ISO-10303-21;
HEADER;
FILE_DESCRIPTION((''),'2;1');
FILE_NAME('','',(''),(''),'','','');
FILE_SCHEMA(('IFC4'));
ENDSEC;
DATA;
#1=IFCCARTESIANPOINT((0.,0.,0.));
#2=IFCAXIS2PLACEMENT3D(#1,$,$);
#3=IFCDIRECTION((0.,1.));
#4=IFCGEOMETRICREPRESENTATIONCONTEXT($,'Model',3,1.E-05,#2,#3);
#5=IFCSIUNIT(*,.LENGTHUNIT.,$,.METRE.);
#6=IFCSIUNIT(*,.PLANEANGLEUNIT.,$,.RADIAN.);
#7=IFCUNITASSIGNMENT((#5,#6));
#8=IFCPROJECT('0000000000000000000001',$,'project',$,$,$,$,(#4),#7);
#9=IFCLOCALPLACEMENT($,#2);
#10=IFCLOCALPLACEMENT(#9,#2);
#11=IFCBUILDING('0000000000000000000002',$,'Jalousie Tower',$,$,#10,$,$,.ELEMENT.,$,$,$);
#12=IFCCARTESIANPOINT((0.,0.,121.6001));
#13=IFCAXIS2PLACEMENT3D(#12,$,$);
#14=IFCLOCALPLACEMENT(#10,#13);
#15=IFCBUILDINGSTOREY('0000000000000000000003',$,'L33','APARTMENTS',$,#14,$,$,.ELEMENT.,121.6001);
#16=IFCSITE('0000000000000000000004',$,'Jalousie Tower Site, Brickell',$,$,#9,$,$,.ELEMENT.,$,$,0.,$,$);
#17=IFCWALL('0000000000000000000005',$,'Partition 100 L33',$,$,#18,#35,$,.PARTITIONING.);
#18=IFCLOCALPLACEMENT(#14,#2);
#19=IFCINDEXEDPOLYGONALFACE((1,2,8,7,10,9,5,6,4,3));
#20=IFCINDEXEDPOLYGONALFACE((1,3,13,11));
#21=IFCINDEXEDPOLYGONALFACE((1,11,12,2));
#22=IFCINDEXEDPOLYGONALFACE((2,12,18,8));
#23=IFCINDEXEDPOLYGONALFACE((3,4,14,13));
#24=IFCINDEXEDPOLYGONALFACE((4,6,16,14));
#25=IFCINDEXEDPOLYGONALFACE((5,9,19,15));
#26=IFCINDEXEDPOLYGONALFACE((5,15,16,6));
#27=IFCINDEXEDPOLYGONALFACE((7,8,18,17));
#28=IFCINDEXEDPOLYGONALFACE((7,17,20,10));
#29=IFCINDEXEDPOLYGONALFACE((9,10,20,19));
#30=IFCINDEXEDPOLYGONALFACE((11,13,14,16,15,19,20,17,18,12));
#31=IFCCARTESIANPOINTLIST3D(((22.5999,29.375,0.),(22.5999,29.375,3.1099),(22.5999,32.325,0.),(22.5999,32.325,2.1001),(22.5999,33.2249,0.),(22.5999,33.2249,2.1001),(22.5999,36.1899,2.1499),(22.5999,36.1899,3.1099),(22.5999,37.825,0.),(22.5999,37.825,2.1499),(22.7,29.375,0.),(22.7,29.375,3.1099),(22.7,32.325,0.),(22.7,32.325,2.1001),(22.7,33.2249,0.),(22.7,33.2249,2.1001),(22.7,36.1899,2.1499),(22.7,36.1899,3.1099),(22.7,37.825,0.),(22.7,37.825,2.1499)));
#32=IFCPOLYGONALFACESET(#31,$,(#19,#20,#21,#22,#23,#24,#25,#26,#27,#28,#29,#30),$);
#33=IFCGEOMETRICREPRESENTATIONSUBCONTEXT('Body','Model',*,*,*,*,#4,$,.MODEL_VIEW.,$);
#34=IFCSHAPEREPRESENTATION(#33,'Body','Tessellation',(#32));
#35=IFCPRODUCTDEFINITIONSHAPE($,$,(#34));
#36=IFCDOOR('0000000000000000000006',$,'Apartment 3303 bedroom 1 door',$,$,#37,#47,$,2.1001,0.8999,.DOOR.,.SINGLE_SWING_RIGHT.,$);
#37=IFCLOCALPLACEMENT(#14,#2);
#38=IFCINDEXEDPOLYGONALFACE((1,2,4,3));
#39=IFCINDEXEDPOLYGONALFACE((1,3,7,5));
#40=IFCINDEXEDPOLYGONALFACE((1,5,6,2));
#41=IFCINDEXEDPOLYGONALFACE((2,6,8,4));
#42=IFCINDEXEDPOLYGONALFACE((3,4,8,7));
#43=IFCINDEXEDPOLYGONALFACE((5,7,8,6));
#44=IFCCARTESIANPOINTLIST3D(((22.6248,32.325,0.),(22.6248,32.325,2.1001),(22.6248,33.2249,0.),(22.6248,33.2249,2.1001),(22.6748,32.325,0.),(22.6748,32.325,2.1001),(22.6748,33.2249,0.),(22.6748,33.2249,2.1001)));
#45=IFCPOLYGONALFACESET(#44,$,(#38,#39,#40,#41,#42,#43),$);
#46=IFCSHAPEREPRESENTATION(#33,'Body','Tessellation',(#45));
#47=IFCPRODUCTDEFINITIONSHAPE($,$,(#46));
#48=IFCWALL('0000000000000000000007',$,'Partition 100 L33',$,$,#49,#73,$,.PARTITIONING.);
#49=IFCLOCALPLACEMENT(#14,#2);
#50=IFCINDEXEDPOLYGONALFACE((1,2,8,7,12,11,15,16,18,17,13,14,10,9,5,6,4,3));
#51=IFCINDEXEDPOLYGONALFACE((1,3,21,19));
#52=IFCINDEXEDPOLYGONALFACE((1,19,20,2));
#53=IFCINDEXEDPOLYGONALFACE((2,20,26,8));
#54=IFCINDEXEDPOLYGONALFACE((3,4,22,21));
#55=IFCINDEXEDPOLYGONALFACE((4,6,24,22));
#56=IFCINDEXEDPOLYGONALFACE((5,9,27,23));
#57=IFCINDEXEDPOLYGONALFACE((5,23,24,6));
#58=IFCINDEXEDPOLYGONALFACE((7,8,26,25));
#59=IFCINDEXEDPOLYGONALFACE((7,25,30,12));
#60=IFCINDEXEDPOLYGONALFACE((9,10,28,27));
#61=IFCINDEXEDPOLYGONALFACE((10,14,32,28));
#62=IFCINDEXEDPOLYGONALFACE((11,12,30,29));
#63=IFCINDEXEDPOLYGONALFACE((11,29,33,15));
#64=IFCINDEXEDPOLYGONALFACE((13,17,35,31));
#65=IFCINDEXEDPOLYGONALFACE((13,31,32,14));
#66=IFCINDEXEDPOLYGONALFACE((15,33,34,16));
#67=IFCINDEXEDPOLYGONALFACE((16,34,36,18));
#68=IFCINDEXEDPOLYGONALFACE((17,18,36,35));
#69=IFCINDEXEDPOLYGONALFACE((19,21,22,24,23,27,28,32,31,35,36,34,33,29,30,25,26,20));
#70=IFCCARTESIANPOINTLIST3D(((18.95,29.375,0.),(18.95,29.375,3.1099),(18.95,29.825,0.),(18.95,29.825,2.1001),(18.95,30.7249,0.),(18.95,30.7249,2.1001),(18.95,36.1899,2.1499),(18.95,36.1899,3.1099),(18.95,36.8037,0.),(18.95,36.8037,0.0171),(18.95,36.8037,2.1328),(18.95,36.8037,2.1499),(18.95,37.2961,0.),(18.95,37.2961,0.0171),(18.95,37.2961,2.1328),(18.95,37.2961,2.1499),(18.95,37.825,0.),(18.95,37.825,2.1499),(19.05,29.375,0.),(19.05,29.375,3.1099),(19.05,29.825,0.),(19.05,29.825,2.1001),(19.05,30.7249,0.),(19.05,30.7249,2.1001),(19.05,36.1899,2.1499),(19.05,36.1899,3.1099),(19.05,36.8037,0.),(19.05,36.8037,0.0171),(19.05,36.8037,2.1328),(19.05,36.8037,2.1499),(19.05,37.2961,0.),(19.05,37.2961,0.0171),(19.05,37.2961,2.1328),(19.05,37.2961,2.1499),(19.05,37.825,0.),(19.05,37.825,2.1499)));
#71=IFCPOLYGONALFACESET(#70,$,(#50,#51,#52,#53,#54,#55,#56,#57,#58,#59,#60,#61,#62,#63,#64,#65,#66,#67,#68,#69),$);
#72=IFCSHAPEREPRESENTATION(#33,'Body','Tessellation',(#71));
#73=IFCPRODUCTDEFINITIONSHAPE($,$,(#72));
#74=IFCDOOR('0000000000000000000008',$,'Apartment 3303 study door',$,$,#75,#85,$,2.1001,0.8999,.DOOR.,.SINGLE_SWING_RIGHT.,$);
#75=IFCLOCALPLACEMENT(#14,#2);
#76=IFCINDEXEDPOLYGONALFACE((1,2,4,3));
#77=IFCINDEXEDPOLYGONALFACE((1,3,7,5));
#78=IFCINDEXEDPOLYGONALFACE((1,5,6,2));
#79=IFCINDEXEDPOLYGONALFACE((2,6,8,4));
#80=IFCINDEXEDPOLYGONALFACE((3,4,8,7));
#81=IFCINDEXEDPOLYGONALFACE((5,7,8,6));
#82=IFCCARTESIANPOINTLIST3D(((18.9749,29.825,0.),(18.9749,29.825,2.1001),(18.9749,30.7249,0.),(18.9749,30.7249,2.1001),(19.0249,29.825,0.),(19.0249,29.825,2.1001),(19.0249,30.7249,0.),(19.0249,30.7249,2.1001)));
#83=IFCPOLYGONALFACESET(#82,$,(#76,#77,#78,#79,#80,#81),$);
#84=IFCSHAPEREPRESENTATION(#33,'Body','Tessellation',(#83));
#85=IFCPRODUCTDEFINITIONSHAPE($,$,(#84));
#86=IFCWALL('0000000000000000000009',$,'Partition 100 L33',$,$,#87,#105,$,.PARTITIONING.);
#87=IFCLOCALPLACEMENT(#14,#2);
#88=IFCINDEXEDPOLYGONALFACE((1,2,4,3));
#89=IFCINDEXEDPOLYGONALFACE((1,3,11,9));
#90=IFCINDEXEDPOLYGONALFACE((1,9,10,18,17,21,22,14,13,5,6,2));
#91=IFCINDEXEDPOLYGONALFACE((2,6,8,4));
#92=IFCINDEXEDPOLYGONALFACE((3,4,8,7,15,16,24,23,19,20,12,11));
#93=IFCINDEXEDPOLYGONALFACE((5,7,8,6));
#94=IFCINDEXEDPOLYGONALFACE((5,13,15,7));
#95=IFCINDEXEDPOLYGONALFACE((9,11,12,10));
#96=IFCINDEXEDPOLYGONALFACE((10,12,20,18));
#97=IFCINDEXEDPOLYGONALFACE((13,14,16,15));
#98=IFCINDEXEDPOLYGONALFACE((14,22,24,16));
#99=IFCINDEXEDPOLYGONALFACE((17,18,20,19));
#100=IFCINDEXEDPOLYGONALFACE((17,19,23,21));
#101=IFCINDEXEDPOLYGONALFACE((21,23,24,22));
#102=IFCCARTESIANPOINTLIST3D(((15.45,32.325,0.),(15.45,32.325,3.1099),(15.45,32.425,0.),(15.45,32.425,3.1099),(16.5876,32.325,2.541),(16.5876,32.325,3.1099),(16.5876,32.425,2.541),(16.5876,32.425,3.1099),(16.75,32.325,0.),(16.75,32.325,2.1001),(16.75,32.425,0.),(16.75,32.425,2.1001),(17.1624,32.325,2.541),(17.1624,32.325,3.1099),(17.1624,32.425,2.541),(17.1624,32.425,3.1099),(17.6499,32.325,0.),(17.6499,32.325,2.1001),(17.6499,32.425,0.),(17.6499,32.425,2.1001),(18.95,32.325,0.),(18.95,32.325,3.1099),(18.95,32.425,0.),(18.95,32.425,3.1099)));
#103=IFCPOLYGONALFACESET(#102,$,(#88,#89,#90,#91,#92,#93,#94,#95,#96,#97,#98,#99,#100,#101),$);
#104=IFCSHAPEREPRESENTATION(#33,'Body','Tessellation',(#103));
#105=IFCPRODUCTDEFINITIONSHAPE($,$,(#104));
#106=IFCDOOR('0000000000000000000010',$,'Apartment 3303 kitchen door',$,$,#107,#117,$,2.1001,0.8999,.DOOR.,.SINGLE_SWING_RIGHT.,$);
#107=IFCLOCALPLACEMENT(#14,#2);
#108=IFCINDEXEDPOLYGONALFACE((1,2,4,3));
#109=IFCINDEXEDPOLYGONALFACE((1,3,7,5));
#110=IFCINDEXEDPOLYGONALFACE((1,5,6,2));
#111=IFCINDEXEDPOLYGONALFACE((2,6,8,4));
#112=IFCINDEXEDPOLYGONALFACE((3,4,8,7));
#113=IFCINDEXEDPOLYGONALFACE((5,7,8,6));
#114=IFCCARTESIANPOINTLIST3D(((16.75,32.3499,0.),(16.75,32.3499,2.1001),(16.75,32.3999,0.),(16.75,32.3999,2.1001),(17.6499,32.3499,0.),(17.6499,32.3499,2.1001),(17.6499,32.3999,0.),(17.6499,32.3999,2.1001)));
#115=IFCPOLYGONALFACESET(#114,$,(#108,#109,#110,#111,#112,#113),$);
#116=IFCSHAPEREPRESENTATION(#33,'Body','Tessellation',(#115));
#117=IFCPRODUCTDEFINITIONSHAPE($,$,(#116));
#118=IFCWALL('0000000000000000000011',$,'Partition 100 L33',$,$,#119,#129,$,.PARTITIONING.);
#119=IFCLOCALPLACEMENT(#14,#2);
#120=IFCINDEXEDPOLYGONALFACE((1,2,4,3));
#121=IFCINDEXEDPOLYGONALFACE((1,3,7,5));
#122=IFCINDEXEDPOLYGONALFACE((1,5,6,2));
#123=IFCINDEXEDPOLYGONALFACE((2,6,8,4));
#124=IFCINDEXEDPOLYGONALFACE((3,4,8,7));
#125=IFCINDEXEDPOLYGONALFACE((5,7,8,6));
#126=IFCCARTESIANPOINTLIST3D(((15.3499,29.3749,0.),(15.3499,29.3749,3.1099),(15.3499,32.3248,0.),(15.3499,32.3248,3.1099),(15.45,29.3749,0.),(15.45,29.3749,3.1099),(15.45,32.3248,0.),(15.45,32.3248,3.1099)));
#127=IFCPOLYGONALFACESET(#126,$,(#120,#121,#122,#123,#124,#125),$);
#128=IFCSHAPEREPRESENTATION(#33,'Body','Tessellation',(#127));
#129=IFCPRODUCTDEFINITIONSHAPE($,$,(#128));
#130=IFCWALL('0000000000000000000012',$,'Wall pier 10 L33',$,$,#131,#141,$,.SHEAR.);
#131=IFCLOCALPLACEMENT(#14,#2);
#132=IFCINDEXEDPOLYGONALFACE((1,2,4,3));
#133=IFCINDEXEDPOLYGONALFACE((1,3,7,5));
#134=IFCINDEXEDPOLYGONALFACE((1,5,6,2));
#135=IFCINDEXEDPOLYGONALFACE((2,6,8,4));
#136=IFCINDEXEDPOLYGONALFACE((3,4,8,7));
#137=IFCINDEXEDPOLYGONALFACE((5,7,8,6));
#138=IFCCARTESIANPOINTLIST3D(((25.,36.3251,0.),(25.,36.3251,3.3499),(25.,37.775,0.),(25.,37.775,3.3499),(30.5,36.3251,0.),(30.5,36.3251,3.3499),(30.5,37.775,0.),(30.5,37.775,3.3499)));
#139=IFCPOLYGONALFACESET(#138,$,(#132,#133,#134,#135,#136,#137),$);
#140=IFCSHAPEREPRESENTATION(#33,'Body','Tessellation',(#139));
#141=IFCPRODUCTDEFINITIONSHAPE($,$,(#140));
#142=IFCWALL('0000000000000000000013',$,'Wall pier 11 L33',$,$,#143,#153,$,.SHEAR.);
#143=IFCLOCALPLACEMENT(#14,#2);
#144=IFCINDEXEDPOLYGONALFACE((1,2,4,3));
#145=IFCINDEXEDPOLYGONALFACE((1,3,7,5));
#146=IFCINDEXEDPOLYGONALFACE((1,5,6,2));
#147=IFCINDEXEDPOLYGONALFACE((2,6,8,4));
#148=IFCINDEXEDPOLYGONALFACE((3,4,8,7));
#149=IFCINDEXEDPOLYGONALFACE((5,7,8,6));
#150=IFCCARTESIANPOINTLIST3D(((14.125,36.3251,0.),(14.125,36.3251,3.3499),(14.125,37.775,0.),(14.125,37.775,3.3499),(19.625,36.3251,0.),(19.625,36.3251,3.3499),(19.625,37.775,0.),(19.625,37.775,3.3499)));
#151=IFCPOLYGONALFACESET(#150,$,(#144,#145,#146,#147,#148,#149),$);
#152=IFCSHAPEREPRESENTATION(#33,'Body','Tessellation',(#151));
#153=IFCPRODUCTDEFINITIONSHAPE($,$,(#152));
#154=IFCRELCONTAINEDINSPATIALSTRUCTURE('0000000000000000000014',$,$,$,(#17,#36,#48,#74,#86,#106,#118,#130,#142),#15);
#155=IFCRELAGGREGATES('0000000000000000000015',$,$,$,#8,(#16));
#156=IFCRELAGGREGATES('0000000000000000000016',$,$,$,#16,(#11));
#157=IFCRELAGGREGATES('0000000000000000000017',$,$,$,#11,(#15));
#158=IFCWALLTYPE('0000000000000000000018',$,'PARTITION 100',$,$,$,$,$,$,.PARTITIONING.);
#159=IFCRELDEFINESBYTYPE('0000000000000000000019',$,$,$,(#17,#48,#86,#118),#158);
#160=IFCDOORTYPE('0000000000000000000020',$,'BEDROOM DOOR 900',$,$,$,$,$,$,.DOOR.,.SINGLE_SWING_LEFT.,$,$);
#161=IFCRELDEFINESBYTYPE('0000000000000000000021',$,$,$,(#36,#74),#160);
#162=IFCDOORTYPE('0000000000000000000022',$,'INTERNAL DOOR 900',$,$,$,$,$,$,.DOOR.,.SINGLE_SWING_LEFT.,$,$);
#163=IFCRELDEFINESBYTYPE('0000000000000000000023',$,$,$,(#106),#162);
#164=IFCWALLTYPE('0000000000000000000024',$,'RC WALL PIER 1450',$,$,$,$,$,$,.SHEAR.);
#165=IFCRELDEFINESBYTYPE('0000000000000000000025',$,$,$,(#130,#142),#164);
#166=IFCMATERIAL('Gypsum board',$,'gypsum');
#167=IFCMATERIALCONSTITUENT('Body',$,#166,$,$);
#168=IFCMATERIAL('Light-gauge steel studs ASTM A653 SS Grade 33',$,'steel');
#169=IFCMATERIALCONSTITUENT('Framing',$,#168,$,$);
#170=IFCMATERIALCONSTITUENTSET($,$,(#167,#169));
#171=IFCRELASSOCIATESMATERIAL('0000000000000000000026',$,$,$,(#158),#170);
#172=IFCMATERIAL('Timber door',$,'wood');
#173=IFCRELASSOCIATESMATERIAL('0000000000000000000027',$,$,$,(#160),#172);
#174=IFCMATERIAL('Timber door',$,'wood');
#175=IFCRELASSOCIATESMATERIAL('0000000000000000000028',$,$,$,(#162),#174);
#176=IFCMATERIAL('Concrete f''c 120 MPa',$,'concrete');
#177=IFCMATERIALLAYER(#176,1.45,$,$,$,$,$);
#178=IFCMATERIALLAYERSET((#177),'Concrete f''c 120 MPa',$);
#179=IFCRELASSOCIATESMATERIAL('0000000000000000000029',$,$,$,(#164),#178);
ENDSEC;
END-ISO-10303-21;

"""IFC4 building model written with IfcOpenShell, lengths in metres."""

from ifc_helpers import new_model, si_unit, direction, frame, frame_2d, origin, place, context, subcontext, project, spatial, polyline, rectangle, outline, extrude, material, layer, layer_set, constituent, constituent_set, type_object, element, fill, save


model = new_model("IFC4")

# Units and contexts
model_context = context("Model", 3, precision=1e-05, world=origin(), true_north=direction((0.0, 1.0)))
body_context = subcontext(model_context, "Body", "Model", "MODEL_VIEW")
ifc_project = project(units=[si_unit("LENGTHUNIT", "METRE"), si_unit("PLANEANGLEUNIT", "RADIAN")], contexts=[model_context])

# Site, building, storey
site_placement = place(None, origin())
site = spatial("IfcSite", under=ifc_project, at=site_placement, Name="Jalousie Tower Site, Brickell", CompositionType="ELEMENT", RefElevation=0.0)
building_placement = place(site_placement, origin())
building = spatial("IfcBuilding", under=site, at=building_placement, Name="Jalousie Tower", CompositionType="ELEMENT")
storey_placement = place(building_placement, frame((0.0, 0.0, 121.6001)))
storey = spatial("IfcBuildingStorey", under=building, at=storey_placement, Name="L33", Description="APARTMENTS", CompositionType="ELEMENT", Elevation=121.6001)

# Walls, openings, doors
ifc_material_1 = material(Name="Gypsum board", Category="gypsum")
ifc_constituent_1 = constituent(ifc_material_1, Name="Body")
ifc_material_2 = material(Name="Light-gauge steel studs ASTM A653 SS Grade 33", Category="steel")
ifc_constituent_2 = constituent(ifc_material_2, Name="Framing")
ifc_constituent_set_1 = constituent_set(constituents=[ifc_constituent_1, ifc_constituent_2])
wall_type_1 = type_object("IfcWallType", Name="PARTITION 100", PredefinedType="PARTITIONING", material=ifc_constituent_set_1)
wall_1_placement = place(storey_placement, frame((22.6499, 37.825, 0.0), z_axis=(0.0, 0.0, 1.0), x_axis=(0.0, -1.0, 0.0)))
wall_1 = element("IfcWall", 1, at=wall_1_placement, inside=storey, type_object=wall_type_1, Name="Partition 100 L33", PredefinedType="PARTITIONING", context=body_context, shape_type="SweptSolid", body=[
    extrude(outline(polyline([(0.0, 0.0), (8.45, 0.0), (8.45, 3.1099), (1.635, 3.1099), (1.635, 2.1499), (0.0, 2.1499), (0.0, 3.1099), (0.0, 0.0)])), frame((0.0, 0.05, 0.0), z_axis=(0.0, -1.0, 0.0), x_axis=(1.0, 0.0, 0.0)), (0.0, 0.0, 1.0), 0.1001),
])
opening_1_placement = place(wall_1_placement, frame((4.6001, 0.0, 0.0)))
opening_1 = element("IfcOpeningElement", 2, at=opening_1_placement, cuts=wall_1, PredefinedType="OPENING", context=body_context, shape_type="SweptSolid", body=[
    extrude(rectangle(XDim=0.8999, YDim=2.1001, at=frame_2d((0.45, 1.05))), frame((0.0, 0.0601, 0.0), z_axis=(0.0, -1.0, 0.0), x_axis=(1.0, 0.0, 0.0)), (0.0, 0.0, 1.0), 0.1201),
])
ifc_material_3 = material(Name="Timber door", Category="wood")
door_type_1 = type_object("IfcDoorType", Name="BEDROOM DOOR 900", OperationType="SINGLE_SWING_LEFT", PredefinedType="DOOR", material=ifc_material_3)
door_1_placement = place(opening_1_placement, origin())
door_1 = element("IfcDoor", 3, at=door_1_placement, inside=storey, type_object=door_type_1, Name="Apartment 3303 bedroom 1 door", OperationType="SINGLE_SWING_RIGHT", OverallHeight=2.1001, OverallWidth=0.8999, PredefinedType="DOOR", context=body_context, shape_type="SweptSolid", body=[
    extrude(rectangle(XDim=0.8999, YDim=2.1001, at=frame_2d((0.45, 1.05))), frame((0.0, 0.0249, 0.0), z_axis=(0.0, -1.0, 0.0), x_axis=(1.0, 0.0, 0.0)), (0.0, 0.0, 1.0), 0.05),
])
fill(opening_1, door_1)
wall_2_placement = place(storey_placement, frame((19.0, 37.825, 0.0), z_axis=(0.0, 0.0, 1.0), x_axis=(0.0, -1.0, 0.0)))
wall_2 = element("IfcWall", 4, at=wall_2_placement, inside=storey, type_object=wall_type_1, Name="Partition 100 L33", PredefinedType="PARTITIONING", context=body_context, shape_type="SweptSolid", body=[
    extrude(outline(polyline([(0.5288, 2.1499), (0.0, 2.1499), (0.0, 0.0), (0.5288, 0.0), (0.5288, 0.0171), (1.0212, 0.0171), (1.0212, 0.0), (8.45, 0.0), (8.45, 3.1099), (1.635, 3.1099), (1.635, 2.1499), (1.0212, 2.1499), (1.0212, 2.1328), (0.5288, 2.1328), (0.5288, 2.1499)])), frame((0.0, 0.05, 0.0), z_axis=(0.0, -1.0, 0.0), x_axis=(1.0, 0.0, 0.0)), (0.0, 0.0, 1.0), 0.1001),
])
opening_2_placement = place(wall_2_placement, frame((7.1001, 0.0, 0.0)))
opening_2 = element("IfcOpeningElement", 5, at=opening_2_placement, cuts=wall_2, PredefinedType="OPENING", context=body_context, shape_type="SweptSolid", body=[
    extrude(rectangle(XDim=0.8999, YDim=2.1001, at=frame_2d((0.45, 1.05))), frame((0.0, 0.0601, 0.0), z_axis=(0.0, -1.0, 0.0), x_axis=(1.0, 0.0, 0.0)), (0.0, 0.0, 1.0), 0.1201),
])
door_2_placement = place(opening_2_placement, origin())
door_2 = element("IfcDoor", 6, at=door_2_placement, inside=storey, type_object=door_type_1, Name="Apartment 3303 study door", OperationType="SINGLE_SWING_RIGHT", OverallHeight=2.1001, OverallWidth=0.8999, PredefinedType="DOOR", context=body_context, shape_type="SweptSolid", body=[
    extrude(rectangle(XDim=0.8999, YDim=2.1001, at=frame_2d((0.45, 1.05))), frame((0.0, 0.0249, 0.0), z_axis=(0.0, -1.0, 0.0), x_axis=(1.0, 0.0, 0.0)), (0.0, 0.0, 1.0), 0.05),
])
fill(opening_2, door_2)
wall_3_placement = place(storey_placement, frame((15.45, 32.375, 0.0), z_axis=(0.0, 0.0, 1.0), x_axis=(1.0, 0.0, 0.0)))
wall_3 = element("IfcWall", 7, at=wall_3_placement, inside=storey, type_object=wall_type_1, Name="Partition 100 L33", PredefinedType="PARTITIONING", context=body_context, shape_type="SweptSolid", body=[
    extrude(outline(polyline([(0.0, 0.0), (3.5, 0.0), (3.5, 3.1099), (1.7124, 3.1099), (1.7124, 2.541), (1.1377, 2.541), (1.1377, 3.1099), (0.0, 3.1099), (0.0, 0.0)])), frame((0.0, 0.05, 0.0), z_axis=(0.0, -1.0, 0.0), x_axis=(1.0, 0.0, 0.0)), (0.0, 0.0, 1.0), 0.1001),
])
opening_3_placement = place(wall_3_placement, frame((1.3, 0.0, 0.0)))
opening_3 = element("IfcOpeningElement", 8, at=opening_3_placement, cuts=wall_3, PredefinedType="OPENING", context=body_context, shape_type="SweptSolid", body=[
    extrude(rectangle(XDim=0.8999, YDim=2.1001, at=frame_2d((0.45, 1.05))), frame((0.0, 0.0601, 0.0), z_axis=(0.0, -1.0, 0.0), x_axis=(1.0, 0.0, 0.0)), (0.0, 0.0, 1.0), 0.1201),
])
ifc_material_4 = material(Name="Timber door", Category="wood")
door_type_2 = type_object("IfcDoorType", Name="INTERNAL DOOR 900", OperationType="SINGLE_SWING_LEFT", PredefinedType="DOOR", material=ifc_material_4)
door_3_placement = place(opening_3_placement, origin())
door_3 = element("IfcDoor", 9, at=door_3_placement, inside=storey, type_object=door_type_2, Name="Apartment 3303 kitchen door", OperationType="SINGLE_SWING_RIGHT", OverallHeight=2.1001, OverallWidth=0.8999, PredefinedType="DOOR", context=body_context, shape_type="SweptSolid", body=[
    extrude(rectangle(XDim=0.8999, YDim=2.1001, at=frame_2d((0.45, 1.05))), frame((0.0, 0.0249, 0.0), z_axis=(0.0, -1.0, 0.0), x_axis=(1.0, 0.0, 0.0)), (0.0, 0.0, 1.0), 0.05),
])
fill(opening_3, door_3)

# Walls
wall_4_placement = place(storey_placement, frame((15.3999, 32.325, 0.0), z_axis=(0.0, 0.0, 1.0), x_axis=(0.0, -1.0, 0.0)))
element("IfcWall", 10, at=wall_4_placement, inside=storey, type_object=wall_type_1, Name="Partition 100 L33", PredefinedType="PARTITIONING", context=body_context, shape_type="SweptSolid", body=[
    extrude(rectangle(XDim=2.95, YDim=0.1001, at=frame_2d((1.4751, 0.0))), origin(), (0.0, 0.0, 1.0), 3.1099),
])
ifc_material_5 = material(Name="Concrete f'c 120 MPa", Category="concrete")
ifc_layer_1 = layer(ifc_material_5, 1.45)
ifc_layer_set_1 = layer_set([ifc_layer_1], Name="Concrete f'c 120 MPa")
wall_type_2 = type_object("IfcWallType", Name="RC WALL PIER 1450", PredefinedType="SHEAR", material=ifc_layer_set_1)
for number, where, z_axis, x_axis, name in (
    (11, (25.0, 37.05, 0.0), (0.0, 0.0, 1.0), (1.0, 0.0, 0.0), "Wall pier 10 L33"),
    (12, (14.125, 37.05, 0.0), (0.0, 0.0, 1.0), (1.0, 0.0, 0.0), "Wall pier 11 L33"),
):
    element("IfcWall", number, at=place(storey_placement, frame(where, z_axis=z_axis, x_axis=x_axis)), inside=storey, type_object=wall_type_2, Name=name, PredefinedType="SHEAR", context=body_context, shape_type="SweptSolid", body=[
        extrude(rectangle(XDim=5.5, YDim=1.45, at=frame_2d((2.75, 0.0))), origin(), (0.0, 0.0, 1.0), 3.3499),
    ])

save(model, "model.ifc")
